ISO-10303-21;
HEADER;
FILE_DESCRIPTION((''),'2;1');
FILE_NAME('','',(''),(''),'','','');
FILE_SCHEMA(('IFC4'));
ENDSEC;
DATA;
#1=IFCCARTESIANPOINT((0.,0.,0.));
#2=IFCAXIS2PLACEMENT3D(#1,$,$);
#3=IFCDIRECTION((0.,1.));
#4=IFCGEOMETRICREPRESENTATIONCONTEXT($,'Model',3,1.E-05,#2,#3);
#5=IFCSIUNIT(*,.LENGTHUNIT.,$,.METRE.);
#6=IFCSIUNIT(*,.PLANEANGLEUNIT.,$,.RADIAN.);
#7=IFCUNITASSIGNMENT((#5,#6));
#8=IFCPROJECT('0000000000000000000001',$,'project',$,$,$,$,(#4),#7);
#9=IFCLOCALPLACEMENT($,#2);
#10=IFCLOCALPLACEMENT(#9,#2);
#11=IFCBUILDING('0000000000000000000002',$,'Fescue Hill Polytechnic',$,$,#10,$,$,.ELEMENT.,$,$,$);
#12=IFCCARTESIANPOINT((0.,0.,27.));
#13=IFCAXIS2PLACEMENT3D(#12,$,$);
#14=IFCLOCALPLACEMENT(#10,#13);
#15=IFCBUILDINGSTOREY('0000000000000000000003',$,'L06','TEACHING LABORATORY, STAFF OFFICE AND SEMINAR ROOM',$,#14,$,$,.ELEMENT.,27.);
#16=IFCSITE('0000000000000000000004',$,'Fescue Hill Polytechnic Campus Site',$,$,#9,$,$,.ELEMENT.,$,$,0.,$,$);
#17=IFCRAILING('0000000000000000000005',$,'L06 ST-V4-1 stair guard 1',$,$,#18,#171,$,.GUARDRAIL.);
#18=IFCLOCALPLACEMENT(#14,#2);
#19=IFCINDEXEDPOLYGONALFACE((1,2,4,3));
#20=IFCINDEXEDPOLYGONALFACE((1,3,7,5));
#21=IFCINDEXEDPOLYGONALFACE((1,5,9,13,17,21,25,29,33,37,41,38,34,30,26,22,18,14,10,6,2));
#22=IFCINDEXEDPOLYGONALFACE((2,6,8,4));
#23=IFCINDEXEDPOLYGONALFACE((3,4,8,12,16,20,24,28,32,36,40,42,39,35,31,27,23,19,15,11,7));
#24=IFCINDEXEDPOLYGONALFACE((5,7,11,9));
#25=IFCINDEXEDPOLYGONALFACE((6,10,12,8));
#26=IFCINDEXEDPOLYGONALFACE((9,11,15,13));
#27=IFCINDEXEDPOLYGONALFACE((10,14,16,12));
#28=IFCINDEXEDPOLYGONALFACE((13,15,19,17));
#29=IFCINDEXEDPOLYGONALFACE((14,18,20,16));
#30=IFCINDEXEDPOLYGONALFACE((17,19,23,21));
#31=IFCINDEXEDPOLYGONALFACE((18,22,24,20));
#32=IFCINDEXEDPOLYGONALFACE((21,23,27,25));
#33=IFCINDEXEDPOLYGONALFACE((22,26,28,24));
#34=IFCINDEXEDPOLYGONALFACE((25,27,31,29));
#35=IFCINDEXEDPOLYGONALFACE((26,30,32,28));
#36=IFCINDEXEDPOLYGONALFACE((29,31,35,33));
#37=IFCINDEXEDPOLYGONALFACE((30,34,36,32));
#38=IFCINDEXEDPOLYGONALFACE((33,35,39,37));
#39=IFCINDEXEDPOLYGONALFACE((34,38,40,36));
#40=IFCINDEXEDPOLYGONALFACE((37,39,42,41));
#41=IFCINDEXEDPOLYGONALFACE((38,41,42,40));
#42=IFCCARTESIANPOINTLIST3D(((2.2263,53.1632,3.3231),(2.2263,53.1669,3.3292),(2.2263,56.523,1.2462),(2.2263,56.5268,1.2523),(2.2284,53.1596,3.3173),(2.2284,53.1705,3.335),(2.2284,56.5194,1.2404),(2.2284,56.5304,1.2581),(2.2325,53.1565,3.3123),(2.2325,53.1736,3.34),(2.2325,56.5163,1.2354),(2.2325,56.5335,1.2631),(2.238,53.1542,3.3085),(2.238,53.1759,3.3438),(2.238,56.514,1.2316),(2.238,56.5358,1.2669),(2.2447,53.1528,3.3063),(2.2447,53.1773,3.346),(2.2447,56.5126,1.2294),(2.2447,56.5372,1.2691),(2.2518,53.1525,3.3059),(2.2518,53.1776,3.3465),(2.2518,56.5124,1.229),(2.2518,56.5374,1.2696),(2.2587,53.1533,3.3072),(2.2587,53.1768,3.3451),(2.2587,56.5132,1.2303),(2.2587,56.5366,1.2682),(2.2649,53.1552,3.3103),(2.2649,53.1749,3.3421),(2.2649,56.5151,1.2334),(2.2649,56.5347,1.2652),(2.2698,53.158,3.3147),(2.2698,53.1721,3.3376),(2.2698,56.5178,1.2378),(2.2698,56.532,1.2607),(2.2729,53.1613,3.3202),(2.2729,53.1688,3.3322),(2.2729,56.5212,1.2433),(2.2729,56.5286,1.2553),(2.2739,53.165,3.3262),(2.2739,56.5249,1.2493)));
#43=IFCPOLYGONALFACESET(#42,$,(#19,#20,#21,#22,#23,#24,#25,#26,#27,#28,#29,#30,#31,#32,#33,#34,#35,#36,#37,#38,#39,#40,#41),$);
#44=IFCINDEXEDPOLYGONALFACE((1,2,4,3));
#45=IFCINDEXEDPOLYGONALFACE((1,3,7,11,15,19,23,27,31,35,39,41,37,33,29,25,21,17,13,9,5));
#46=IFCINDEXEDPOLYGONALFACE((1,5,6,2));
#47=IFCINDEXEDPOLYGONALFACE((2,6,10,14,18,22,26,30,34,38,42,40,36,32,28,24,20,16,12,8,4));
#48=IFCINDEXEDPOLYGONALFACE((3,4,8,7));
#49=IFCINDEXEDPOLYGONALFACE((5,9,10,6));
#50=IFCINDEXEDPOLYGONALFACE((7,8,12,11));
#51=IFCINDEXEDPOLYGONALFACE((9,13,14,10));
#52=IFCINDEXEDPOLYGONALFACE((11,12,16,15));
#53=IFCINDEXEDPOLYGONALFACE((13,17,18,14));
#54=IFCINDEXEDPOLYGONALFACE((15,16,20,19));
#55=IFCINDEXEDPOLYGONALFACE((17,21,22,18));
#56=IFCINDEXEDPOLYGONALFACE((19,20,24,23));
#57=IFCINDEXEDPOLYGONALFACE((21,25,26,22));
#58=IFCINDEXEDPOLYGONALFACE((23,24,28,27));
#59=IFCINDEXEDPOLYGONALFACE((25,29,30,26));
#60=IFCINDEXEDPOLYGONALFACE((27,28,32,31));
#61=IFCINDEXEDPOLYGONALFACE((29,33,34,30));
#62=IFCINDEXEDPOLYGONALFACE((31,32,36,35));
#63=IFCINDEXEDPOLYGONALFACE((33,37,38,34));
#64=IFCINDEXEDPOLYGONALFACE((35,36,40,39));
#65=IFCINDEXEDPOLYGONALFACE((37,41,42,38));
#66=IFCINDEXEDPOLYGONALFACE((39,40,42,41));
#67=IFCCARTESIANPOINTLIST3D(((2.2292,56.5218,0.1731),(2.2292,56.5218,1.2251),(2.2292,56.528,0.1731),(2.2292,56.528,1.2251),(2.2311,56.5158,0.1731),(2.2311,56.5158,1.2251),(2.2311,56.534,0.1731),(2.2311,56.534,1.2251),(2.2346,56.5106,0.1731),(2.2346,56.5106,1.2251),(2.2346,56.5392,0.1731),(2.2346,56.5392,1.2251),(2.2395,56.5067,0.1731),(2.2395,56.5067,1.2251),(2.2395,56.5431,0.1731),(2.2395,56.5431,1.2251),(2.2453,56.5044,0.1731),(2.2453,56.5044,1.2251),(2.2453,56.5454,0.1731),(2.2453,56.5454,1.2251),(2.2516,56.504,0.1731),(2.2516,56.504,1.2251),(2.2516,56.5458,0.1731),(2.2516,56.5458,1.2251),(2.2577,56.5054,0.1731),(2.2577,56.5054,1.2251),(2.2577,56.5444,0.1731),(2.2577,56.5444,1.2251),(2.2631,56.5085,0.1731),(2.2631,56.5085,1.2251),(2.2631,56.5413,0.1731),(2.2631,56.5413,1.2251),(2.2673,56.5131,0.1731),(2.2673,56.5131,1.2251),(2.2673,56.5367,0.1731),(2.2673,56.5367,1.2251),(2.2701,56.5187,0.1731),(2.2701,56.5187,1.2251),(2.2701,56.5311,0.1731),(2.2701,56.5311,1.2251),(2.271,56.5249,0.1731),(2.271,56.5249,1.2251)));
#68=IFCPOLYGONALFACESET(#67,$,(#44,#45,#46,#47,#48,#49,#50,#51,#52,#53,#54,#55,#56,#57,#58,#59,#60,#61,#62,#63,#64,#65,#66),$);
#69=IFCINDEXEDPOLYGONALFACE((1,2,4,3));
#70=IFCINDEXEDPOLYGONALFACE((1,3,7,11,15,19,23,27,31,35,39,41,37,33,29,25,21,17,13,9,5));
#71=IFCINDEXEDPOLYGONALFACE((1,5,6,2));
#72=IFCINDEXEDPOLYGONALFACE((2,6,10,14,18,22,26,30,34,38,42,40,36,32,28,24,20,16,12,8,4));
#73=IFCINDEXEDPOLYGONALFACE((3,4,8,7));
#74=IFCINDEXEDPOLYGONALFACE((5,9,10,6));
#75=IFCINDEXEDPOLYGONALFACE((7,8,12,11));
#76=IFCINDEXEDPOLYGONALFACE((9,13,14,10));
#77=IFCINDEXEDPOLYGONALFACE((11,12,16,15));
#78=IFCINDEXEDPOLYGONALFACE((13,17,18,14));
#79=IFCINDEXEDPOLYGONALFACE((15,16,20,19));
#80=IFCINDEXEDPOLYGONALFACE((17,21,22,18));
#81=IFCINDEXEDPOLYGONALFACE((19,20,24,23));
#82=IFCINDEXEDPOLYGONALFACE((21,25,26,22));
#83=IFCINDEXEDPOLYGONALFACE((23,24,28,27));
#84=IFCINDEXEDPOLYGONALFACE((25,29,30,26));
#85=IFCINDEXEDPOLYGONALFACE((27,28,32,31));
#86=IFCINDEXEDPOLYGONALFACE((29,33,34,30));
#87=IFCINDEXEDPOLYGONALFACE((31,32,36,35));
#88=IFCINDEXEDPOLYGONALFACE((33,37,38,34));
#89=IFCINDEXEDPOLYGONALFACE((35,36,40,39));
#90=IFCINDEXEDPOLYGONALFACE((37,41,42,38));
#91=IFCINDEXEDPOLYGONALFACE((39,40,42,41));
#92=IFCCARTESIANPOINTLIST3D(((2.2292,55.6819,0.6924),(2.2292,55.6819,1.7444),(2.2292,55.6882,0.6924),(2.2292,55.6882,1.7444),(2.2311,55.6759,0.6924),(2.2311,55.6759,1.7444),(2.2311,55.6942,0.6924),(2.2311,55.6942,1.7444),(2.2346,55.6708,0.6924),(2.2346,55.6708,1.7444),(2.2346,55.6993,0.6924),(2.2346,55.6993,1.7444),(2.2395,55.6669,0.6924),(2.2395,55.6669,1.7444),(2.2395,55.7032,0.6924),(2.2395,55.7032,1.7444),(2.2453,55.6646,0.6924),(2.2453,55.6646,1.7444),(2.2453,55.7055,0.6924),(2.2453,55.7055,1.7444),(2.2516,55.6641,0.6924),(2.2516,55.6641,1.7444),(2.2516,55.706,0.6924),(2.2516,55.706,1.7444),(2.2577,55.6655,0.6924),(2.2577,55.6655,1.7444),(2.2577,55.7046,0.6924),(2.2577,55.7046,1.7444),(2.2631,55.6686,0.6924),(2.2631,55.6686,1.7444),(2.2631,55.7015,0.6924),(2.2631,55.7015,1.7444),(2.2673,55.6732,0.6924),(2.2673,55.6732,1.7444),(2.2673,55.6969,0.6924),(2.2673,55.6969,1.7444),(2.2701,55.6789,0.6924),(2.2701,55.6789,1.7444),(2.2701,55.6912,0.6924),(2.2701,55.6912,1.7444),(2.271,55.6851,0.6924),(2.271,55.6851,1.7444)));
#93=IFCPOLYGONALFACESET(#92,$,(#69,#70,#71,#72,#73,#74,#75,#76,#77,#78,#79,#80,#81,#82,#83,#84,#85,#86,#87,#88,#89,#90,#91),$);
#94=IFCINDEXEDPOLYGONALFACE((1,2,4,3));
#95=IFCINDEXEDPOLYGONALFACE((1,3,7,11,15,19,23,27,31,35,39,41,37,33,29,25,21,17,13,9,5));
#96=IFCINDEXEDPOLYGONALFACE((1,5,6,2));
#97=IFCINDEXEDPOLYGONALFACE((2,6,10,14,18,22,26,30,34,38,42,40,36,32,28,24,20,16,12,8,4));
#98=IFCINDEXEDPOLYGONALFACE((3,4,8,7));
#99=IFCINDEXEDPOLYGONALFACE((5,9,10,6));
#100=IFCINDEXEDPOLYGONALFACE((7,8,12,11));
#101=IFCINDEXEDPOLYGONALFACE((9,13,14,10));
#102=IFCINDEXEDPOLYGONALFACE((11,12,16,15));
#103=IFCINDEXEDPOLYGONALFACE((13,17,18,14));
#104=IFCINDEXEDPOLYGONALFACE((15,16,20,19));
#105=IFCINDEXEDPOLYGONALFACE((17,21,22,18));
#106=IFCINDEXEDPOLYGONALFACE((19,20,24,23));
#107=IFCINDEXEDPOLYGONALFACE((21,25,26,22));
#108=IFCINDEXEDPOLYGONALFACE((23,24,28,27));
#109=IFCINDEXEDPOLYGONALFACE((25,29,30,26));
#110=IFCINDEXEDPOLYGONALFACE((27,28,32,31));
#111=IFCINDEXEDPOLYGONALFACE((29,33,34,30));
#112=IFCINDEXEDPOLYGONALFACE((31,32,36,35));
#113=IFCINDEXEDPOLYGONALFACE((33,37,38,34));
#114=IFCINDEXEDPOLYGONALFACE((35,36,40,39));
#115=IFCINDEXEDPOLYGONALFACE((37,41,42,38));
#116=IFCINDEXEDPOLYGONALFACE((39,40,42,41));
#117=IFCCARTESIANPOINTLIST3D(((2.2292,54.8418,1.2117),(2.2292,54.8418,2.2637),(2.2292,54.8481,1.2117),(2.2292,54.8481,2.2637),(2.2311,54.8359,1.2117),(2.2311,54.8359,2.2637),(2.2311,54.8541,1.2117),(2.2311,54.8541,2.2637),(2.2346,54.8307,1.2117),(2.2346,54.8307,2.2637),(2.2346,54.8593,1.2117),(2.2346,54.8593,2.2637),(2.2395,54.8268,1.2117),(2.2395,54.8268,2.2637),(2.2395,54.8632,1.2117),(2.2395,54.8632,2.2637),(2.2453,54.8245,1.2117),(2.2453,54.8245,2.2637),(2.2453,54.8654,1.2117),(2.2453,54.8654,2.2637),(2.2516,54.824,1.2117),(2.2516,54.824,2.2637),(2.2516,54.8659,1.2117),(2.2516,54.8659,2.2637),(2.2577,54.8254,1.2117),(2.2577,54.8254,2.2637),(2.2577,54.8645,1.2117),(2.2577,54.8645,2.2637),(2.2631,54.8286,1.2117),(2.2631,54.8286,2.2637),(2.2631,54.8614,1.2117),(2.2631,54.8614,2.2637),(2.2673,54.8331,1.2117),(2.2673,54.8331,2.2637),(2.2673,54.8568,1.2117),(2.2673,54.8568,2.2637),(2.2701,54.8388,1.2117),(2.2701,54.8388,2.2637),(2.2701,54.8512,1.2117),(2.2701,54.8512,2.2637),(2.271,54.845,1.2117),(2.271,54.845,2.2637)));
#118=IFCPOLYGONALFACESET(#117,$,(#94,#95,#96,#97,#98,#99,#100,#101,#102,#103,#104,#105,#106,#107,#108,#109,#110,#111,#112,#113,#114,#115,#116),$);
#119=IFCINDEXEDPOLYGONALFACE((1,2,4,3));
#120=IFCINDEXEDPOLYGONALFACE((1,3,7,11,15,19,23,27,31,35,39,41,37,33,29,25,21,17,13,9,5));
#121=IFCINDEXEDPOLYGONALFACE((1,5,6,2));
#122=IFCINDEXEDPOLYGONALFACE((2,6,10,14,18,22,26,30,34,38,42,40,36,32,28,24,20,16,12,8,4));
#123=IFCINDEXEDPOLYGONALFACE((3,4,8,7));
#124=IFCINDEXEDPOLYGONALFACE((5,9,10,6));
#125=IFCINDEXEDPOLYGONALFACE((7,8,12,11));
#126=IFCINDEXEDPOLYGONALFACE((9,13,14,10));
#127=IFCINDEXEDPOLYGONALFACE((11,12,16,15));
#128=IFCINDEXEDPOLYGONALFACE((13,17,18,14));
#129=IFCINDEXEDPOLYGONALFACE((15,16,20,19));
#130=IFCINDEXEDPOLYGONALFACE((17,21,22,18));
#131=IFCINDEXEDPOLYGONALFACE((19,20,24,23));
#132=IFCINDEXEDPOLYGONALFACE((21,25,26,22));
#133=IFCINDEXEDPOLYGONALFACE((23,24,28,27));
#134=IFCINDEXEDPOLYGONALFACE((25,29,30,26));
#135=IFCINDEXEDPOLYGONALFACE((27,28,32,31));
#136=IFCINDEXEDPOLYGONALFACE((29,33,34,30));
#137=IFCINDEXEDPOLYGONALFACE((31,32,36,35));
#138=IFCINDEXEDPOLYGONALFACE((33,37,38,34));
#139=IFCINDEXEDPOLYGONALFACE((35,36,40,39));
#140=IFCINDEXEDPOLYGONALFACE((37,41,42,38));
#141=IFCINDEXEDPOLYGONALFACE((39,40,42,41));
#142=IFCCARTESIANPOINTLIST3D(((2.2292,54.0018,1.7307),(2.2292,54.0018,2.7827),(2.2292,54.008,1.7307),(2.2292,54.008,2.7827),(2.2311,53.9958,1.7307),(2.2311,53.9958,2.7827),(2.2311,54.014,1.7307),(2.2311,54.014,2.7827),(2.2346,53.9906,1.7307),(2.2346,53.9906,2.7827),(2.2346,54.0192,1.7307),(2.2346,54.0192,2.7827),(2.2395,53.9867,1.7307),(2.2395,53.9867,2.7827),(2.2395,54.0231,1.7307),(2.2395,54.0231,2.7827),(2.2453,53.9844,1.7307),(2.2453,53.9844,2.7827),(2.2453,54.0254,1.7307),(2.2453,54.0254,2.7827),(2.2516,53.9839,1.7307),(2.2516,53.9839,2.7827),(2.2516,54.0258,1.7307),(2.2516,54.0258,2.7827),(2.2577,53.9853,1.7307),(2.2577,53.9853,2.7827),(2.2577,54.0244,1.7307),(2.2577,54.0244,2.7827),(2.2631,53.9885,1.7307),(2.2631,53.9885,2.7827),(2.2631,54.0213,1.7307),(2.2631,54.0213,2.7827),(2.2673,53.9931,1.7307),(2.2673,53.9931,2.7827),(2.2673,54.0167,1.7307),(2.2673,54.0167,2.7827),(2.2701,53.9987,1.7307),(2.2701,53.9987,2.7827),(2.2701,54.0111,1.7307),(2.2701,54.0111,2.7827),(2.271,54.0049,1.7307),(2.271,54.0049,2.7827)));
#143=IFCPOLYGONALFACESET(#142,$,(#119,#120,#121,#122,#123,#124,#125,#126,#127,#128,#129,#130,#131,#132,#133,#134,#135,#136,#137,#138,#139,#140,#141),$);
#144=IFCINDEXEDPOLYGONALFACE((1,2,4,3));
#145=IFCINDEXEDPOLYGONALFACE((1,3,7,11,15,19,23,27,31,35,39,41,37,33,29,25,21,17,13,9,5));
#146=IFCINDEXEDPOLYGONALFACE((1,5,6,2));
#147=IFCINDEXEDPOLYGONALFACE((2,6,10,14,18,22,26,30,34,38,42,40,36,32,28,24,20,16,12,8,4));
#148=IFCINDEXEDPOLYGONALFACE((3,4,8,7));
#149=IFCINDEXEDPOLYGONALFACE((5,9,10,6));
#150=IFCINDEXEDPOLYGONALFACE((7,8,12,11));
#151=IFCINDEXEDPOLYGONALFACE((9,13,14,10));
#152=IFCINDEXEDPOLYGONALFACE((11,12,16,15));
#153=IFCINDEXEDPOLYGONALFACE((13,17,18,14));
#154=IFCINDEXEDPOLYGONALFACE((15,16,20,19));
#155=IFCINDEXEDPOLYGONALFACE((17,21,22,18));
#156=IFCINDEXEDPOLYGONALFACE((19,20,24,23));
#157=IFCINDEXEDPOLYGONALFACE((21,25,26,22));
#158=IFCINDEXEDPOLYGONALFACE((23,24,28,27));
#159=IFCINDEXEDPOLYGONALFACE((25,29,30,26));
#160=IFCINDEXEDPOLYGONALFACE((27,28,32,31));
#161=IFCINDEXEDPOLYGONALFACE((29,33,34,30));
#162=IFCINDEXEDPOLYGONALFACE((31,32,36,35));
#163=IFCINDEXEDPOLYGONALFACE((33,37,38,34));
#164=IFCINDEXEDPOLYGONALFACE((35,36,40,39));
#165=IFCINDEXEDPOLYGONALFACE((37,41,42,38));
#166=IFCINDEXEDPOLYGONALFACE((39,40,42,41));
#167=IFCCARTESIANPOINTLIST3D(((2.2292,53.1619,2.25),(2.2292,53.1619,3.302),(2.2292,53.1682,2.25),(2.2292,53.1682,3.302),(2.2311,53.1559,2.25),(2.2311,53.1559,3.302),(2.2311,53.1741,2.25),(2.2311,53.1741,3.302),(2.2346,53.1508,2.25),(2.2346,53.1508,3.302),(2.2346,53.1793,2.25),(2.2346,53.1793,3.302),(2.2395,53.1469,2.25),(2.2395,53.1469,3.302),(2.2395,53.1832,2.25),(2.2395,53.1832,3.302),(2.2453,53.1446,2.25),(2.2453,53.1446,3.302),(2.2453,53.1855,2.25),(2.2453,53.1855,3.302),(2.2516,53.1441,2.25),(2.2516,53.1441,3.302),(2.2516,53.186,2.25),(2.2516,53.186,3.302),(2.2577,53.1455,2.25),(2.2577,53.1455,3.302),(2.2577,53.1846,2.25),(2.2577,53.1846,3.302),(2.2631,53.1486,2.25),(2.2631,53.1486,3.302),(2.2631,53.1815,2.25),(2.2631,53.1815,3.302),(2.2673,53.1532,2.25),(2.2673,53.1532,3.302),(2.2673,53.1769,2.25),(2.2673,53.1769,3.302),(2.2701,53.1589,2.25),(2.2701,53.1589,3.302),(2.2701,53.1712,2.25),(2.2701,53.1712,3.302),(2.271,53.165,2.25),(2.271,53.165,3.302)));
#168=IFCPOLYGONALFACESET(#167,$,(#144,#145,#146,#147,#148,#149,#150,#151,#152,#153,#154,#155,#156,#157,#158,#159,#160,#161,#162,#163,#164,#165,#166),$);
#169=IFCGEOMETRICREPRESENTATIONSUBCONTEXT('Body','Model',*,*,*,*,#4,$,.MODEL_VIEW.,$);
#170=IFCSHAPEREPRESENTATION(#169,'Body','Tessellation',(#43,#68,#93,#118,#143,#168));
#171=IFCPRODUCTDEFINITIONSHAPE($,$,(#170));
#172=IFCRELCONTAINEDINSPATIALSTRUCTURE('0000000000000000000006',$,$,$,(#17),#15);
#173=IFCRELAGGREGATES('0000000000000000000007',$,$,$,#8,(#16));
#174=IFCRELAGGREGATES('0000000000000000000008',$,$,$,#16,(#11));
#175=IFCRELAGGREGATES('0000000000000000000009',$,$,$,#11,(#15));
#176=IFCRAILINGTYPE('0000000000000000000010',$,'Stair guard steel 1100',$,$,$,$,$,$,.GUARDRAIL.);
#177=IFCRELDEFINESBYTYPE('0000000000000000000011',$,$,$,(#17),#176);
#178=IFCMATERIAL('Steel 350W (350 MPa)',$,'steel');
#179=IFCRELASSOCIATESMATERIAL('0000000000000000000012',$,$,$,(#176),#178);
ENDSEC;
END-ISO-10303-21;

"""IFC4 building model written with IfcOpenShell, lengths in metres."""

from ifc_helpers import new_model, si_unit, direction, frame, origin, origin_2d, place, context, subcontext, project, spatial, circle, extrude, material, type_object, element, save


model = new_model("IFC4")

# Units and contexts
model_context = context("Model", 3, precision=1e-05, world=origin(), true_north=direction((0.0, 1.0)))
body_context = subcontext(model_context, "Body", "Model", "MODEL_VIEW")
ifc_project = project(units=[si_unit("LENGTHUNIT", "METRE"), si_unit("PLANEANGLEUNIT", "RADIAN")], contexts=[model_context])

# Site, building, storey
site_placement = place(None, origin())
site = spatial("IfcSite", under=ifc_project, at=site_placement, Name="Fescue Hill Polytechnic Campus Site", CompositionType="ELEMENT", RefElevation=0.0)
building_placement = place(site_placement, origin())
building = spatial("IfcBuilding", under=site, at=building_placement, Name="Fescue Hill Polytechnic", CompositionType="ELEMENT")
storey_placement = place(building_placement, frame((0.0, 0.0, 27.0)))
storey = spatial("IfcBuildingStorey", under=building, at=storey_placement, Name="L06", Description="TEACHING LABORATORY, STAFF OFFICE AND SEMINAR ROOM", CompositionType="ELEMENT", Elevation=27.0)

# Railing
ifc_material_1 = material(Name="Steel 350W (350 MPa)", Category="steel")
railing_type_1 = type_object("IfcRailingType", Name="Stair guard steel 1100", PredefinedType="GUARDRAIL", material=ifc_material_1)
railing_1_placement = place(storey_placement, frame((2.25, 56.5249, 0.1731)))
element("IfcRailing", 1, at=railing_1_placement, inside=storey, type_object=railing_type_1, Name="L06 ST-V4-1 stair guard 1", PredefinedType="GUARDRAIL", context=body_context, shape_type="SweptSolid", body=[
    extrude(circle(Radius=0.0239, at=origin_2d()), frame((0.0, 0.0, 1.0762), z_axis=(0.0, -0.850606, 0.525803), x_axis=(1.0, 0.0, 0.0)), (0.0, 0.0, 1.0), 3.95),
    extrude(circle(Radius=0.021, at=origin_2d()), origin(), (0.0, 0.0, 1.0), 1.052),
    extrude(circle(Radius=0.021, at=origin_2d()), frame((0.0, -0.8398, 0.5193)), (0.0, 0.0, 1.0), 1.052),
    extrude(circle(Radius=0.021, at=origin_2d()), frame((0.0, -1.6799, 1.0386)), (0.0, 0.0, 1.0), 1.052),
    extrude(circle(Radius=0.021, at=origin_2d()), frame((0.0, -2.52, 1.5576)), (0.0, 0.0, 1.0), 1.052),
    extrude(circle(Radius=0.021, at=origin_2d()), frame((0.0, -3.3599, 2.0769)), (0.0, 0.0, 1.0), 1.052),
])

save(model, "model.ifc")
